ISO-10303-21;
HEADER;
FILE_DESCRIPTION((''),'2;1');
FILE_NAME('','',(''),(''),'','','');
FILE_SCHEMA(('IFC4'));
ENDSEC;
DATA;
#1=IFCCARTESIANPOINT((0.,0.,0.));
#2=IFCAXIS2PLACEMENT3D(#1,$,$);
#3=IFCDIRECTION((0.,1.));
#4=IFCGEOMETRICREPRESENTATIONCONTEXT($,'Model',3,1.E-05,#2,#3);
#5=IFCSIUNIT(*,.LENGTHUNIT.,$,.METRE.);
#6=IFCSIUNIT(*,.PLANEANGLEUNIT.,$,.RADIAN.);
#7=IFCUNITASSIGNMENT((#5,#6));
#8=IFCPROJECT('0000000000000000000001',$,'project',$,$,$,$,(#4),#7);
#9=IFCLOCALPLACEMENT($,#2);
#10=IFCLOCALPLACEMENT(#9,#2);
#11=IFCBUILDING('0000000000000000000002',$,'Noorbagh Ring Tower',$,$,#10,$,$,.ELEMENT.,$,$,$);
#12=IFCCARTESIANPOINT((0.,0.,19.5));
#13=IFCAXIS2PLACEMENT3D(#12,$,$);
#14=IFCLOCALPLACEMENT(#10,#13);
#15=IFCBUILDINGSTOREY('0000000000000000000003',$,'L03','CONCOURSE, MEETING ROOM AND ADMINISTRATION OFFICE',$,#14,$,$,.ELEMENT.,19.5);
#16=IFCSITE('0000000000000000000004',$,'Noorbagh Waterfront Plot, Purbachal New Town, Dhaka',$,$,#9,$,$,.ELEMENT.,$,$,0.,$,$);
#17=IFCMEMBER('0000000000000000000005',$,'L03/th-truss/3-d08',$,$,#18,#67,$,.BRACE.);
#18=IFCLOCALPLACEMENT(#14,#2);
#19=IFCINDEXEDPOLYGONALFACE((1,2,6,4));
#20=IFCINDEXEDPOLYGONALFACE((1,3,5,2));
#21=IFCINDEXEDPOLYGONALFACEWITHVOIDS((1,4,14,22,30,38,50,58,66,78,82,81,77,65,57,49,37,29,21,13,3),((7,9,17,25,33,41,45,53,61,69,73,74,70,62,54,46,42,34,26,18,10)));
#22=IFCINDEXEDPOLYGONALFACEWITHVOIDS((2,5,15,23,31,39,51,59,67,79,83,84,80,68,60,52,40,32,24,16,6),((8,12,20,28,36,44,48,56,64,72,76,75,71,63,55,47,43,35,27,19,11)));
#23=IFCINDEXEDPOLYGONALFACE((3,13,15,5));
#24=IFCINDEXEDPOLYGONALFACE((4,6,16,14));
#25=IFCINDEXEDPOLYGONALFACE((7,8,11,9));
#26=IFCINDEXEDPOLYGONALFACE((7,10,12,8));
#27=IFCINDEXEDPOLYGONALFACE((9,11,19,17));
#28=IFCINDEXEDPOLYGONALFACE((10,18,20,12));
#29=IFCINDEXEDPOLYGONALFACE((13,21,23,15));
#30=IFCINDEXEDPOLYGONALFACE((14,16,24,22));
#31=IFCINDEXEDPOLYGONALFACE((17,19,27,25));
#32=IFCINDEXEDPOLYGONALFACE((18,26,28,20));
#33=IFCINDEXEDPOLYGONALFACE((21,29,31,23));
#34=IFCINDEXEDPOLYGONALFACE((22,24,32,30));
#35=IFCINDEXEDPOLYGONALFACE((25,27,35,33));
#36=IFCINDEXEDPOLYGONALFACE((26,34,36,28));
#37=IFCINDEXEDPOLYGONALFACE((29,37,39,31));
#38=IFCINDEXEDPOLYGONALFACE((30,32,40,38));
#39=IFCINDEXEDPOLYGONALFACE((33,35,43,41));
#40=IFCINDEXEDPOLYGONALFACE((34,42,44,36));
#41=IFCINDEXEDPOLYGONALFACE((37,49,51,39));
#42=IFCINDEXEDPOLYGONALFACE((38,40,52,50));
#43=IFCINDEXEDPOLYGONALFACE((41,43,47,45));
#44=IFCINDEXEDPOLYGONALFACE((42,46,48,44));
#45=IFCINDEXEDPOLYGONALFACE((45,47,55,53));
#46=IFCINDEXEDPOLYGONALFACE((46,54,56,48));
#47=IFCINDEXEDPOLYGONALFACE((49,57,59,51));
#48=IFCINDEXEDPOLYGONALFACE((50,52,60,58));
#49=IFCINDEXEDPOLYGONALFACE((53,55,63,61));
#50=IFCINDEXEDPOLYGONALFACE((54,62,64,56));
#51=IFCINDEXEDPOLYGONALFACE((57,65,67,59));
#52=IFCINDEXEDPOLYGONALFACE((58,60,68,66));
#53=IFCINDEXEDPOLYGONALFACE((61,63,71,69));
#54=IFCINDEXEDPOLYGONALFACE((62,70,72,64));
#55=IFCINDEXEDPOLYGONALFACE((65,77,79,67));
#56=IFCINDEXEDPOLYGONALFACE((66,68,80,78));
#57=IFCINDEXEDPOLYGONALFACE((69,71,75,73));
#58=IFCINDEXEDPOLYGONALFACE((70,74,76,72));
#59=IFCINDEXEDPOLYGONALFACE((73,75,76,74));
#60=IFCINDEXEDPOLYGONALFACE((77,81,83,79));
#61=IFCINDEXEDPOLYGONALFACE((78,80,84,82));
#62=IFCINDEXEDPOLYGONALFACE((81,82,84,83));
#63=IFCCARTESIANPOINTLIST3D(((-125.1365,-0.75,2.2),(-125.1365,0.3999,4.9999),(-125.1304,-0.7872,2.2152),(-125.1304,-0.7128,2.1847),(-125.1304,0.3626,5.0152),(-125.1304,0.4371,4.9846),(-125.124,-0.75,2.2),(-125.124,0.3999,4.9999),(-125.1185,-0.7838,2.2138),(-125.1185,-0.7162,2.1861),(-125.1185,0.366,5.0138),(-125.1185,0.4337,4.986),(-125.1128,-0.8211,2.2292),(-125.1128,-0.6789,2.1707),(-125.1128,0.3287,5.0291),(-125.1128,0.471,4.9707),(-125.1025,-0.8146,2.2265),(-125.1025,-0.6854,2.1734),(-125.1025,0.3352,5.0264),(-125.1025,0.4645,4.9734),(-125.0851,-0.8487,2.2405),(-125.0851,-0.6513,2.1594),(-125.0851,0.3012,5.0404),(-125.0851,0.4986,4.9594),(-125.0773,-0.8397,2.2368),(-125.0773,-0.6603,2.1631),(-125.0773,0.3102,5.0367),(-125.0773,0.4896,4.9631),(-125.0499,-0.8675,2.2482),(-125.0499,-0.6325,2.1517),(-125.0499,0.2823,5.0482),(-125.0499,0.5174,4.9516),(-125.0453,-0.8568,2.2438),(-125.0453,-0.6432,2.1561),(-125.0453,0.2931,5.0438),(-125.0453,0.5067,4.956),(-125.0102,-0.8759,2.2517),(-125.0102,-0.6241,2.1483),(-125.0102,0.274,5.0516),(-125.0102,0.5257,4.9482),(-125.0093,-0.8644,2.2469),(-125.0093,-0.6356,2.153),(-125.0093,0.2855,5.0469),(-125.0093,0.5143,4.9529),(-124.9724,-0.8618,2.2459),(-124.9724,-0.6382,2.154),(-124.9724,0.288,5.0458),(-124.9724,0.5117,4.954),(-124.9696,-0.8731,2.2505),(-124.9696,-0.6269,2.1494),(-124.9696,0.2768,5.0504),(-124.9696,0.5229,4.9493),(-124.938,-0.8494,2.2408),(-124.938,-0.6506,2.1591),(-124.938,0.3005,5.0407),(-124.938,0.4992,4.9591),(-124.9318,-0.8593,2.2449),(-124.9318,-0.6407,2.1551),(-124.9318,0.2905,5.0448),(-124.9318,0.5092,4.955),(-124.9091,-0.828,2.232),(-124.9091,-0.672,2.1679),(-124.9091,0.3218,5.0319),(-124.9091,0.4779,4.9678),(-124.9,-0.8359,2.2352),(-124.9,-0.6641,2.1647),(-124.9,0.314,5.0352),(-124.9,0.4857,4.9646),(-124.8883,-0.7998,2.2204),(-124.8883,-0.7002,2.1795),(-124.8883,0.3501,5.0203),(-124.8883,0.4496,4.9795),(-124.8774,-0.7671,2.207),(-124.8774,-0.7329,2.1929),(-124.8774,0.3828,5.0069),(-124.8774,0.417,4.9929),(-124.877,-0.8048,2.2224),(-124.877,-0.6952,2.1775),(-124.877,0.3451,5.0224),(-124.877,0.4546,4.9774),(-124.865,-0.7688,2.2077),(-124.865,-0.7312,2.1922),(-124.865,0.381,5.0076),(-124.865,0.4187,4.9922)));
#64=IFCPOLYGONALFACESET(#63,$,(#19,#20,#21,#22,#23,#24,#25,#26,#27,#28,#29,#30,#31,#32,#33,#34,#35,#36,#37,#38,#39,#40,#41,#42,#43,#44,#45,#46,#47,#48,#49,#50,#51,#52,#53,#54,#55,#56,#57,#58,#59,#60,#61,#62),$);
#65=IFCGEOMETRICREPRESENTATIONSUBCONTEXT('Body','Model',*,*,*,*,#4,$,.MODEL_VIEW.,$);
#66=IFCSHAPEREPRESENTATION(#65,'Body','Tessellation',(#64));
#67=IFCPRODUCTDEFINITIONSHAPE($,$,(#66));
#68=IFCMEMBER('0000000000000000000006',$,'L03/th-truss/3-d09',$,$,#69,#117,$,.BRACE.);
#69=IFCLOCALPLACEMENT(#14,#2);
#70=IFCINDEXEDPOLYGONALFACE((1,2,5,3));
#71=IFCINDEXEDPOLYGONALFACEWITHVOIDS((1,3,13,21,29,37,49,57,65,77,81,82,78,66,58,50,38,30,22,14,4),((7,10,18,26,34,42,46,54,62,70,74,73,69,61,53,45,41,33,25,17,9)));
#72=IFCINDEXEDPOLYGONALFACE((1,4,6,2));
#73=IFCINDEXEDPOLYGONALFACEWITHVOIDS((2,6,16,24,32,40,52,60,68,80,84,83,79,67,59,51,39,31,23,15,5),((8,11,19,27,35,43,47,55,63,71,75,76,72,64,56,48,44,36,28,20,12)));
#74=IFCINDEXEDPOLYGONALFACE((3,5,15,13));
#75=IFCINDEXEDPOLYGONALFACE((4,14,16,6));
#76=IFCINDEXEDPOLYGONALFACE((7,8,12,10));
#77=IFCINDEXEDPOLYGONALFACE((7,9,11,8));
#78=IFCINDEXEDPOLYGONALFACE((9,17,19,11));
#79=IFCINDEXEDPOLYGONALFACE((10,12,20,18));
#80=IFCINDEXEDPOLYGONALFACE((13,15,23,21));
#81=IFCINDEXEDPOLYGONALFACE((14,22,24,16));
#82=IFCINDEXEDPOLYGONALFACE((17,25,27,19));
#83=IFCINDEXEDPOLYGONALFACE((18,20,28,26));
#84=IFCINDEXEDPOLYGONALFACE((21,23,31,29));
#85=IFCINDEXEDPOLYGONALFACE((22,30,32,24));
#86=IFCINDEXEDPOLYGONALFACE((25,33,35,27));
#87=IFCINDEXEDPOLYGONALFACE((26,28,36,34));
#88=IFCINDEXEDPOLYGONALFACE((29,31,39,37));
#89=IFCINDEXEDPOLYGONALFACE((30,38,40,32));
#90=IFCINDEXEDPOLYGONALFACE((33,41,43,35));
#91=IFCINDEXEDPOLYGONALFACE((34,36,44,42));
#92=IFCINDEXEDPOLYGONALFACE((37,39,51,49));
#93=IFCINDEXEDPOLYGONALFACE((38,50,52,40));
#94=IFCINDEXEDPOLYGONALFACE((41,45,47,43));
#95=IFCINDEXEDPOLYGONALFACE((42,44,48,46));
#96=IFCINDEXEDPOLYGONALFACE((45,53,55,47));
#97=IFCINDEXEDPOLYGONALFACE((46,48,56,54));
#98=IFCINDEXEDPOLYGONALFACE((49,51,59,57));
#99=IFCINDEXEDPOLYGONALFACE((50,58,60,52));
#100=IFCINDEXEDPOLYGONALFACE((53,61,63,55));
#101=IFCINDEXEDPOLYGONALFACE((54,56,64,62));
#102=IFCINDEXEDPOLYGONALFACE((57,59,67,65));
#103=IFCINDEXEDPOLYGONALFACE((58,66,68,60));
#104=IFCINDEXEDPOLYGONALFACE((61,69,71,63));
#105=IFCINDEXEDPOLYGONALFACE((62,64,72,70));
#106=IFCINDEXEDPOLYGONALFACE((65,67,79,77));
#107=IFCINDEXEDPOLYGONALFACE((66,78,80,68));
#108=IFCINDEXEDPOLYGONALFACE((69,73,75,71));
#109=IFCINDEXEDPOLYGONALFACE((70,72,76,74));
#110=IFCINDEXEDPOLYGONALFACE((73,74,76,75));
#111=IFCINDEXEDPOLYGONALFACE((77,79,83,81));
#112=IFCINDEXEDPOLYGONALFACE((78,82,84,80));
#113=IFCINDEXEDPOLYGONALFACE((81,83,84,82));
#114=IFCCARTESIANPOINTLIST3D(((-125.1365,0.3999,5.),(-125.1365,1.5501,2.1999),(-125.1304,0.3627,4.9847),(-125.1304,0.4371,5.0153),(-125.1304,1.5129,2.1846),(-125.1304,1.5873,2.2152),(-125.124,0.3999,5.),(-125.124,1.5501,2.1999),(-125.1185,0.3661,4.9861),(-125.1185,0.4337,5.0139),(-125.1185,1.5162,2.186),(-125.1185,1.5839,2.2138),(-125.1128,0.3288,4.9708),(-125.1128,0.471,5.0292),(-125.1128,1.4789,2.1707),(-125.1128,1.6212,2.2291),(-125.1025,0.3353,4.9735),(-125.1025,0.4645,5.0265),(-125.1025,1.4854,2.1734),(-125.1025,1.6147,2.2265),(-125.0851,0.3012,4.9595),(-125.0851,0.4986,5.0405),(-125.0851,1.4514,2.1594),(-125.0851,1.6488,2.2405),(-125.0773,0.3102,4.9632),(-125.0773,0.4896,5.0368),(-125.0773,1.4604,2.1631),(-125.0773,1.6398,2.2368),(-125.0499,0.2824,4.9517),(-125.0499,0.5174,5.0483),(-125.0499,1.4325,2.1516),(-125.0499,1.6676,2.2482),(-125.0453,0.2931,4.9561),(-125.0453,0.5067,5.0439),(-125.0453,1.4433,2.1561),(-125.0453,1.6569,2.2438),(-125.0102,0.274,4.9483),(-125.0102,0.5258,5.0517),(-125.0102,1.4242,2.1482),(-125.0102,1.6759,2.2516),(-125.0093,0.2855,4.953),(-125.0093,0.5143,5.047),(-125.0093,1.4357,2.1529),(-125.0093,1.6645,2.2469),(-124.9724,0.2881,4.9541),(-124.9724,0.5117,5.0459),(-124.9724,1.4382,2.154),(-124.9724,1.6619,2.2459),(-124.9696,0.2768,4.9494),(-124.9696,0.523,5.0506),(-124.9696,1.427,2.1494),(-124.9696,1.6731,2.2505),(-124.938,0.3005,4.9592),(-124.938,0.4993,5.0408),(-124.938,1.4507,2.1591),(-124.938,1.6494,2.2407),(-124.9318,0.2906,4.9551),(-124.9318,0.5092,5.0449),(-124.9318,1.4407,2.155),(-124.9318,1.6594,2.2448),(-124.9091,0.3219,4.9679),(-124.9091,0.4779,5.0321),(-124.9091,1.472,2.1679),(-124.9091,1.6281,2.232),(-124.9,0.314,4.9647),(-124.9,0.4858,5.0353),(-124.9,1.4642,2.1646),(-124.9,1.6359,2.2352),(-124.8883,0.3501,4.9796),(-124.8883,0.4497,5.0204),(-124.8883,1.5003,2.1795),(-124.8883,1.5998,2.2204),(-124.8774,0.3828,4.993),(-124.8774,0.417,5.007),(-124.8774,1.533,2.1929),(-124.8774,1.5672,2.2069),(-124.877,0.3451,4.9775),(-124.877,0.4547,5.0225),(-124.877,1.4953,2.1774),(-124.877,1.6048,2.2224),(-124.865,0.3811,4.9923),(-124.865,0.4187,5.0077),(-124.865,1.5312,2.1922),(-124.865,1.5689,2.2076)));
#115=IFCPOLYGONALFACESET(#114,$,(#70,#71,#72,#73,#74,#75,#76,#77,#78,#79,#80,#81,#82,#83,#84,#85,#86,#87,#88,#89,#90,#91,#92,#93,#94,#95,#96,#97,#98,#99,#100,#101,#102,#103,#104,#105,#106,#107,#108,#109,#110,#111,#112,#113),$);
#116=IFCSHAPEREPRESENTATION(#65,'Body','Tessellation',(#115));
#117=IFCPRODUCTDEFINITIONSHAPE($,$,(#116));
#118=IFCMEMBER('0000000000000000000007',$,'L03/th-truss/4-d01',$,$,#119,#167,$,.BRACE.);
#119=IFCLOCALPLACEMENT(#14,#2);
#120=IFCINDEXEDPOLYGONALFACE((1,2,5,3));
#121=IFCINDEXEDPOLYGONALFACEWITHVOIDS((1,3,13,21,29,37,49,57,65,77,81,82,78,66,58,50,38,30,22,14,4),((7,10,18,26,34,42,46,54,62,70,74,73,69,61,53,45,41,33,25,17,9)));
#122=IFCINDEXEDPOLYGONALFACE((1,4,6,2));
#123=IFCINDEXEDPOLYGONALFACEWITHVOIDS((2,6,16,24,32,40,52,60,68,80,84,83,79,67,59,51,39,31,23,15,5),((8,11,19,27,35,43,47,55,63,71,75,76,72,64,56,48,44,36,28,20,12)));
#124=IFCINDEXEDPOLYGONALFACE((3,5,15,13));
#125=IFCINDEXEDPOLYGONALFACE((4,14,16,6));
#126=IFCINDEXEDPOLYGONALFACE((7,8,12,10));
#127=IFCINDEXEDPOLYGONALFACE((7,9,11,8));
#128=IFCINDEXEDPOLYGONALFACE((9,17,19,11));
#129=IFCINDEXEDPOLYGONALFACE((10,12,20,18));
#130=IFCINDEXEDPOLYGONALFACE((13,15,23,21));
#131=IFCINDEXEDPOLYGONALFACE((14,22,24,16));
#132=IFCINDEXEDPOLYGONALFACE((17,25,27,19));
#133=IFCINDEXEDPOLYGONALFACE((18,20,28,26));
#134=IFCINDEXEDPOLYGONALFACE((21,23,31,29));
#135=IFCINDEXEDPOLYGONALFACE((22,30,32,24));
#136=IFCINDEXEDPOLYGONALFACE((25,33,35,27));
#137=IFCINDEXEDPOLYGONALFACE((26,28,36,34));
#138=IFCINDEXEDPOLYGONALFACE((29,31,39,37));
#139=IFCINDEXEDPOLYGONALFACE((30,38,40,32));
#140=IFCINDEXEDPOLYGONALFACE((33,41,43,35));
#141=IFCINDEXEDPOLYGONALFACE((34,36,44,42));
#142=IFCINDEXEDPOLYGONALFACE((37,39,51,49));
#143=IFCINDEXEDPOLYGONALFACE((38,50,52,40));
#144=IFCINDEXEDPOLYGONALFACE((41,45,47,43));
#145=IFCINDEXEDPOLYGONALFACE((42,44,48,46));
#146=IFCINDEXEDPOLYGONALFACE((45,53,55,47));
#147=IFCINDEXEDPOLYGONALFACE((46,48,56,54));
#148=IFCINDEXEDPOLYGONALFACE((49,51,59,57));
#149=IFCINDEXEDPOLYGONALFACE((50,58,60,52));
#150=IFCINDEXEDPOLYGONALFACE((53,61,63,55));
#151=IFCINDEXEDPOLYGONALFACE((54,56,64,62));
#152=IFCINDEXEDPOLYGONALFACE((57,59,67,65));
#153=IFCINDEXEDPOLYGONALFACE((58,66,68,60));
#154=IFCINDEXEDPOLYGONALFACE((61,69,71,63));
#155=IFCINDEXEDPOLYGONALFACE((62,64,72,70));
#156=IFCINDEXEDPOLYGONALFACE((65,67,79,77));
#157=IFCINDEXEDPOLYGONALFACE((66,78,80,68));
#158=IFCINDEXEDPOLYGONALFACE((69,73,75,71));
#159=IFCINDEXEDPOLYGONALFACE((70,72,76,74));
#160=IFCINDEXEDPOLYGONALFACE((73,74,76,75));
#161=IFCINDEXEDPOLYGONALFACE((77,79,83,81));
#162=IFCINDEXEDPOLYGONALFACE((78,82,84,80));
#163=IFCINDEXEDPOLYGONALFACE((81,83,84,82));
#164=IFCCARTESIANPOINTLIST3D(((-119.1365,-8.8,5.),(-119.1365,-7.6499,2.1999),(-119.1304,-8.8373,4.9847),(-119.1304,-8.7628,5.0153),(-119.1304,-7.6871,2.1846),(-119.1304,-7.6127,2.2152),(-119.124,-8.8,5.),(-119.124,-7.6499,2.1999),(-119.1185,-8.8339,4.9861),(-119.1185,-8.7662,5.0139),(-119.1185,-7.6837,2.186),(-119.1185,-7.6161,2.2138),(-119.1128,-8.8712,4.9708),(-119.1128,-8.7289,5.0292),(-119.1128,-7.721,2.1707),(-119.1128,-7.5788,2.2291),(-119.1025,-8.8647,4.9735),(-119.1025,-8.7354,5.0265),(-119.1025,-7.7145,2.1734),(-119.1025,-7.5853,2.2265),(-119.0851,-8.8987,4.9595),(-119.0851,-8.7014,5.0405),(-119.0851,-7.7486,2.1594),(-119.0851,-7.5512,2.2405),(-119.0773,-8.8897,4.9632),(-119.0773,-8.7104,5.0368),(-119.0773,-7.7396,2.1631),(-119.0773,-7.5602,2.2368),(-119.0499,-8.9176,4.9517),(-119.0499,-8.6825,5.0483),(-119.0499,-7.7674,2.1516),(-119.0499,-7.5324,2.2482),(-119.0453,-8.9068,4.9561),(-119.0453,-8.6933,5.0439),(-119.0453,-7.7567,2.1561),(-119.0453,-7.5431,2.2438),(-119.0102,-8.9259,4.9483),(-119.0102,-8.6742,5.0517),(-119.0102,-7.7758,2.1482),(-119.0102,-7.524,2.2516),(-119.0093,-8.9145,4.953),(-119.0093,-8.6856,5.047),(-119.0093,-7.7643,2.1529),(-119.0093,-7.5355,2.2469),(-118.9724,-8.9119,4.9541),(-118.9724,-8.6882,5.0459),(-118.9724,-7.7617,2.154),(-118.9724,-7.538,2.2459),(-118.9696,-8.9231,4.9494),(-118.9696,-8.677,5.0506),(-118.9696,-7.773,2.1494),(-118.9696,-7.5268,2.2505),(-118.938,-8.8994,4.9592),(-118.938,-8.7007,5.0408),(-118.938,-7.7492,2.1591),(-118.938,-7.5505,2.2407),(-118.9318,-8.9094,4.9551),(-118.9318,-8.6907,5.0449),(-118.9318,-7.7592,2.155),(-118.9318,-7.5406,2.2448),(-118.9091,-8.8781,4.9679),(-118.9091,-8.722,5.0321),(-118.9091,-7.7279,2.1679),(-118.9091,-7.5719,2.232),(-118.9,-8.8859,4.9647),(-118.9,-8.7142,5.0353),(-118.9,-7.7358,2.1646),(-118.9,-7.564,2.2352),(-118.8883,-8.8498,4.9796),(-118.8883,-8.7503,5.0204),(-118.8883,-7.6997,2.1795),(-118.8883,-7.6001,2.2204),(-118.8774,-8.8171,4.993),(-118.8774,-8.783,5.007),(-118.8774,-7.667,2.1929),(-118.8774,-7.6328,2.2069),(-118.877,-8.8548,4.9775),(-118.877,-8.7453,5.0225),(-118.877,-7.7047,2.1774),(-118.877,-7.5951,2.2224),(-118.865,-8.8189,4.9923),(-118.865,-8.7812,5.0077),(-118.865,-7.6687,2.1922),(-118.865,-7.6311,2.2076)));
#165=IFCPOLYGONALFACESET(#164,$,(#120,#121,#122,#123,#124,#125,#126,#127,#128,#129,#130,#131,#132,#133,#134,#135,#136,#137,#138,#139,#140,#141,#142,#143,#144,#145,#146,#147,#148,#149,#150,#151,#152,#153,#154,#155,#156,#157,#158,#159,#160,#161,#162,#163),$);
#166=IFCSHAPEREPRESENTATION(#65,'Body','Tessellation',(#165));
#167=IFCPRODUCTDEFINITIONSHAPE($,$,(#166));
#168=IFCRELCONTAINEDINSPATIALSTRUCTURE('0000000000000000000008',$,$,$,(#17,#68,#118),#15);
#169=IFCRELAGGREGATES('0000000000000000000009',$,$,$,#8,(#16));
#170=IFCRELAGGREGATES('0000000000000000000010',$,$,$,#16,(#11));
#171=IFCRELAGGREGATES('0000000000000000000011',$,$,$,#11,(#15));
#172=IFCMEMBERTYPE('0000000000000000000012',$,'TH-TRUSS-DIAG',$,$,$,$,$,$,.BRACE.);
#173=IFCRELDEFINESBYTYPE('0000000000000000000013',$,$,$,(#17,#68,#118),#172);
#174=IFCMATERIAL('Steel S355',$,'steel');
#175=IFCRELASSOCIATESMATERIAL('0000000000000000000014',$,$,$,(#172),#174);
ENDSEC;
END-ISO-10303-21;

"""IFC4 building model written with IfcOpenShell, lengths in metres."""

from ifc_helpers import new_model, si_unit, direction, frame, origin, origin_2d, place, context, subcontext, project, spatial, hollow_circle, extrude, material, material_profile, profile_set, type_object, element, save


model = new_model("IFC4")

# Units and contexts
model_context = context("Model", 3, precision=1e-05, world=origin(), true_north=direction((0.0, 1.0)))
body_context = subcontext(model_context, "Body", "Model", "MODEL_VIEW")
ifc_project = project(units=[si_unit("LENGTHUNIT", "METRE"), si_unit("PLANEANGLEUNIT", "RADIAN")], contexts=[model_context])

# Site, building, storey
site_placement = place(None, origin())
site = spatial("IfcSite", under=ifc_project, at=site_placement, Name="Noorbagh Waterfront Plot, Purbachal New Town, Dhaka", CompositionType="ELEMENT", RefElevation=0.0)
building_placement = place(site_placement, origin())
building = spatial("IfcBuilding", under=site, at=building_placement, Name="Noorbagh Ring Tower", CompositionType="ELEMENT")
storey_placement = place(building_placement, frame((0.0, 0.0, 19.5)))
storey = spatial("IfcBuildingStorey", under=building, at=storey_placement, Name="L03", Description="CONCOURSE, MEETING ROOM AND ADMINISTRATION OFFICE", CompositionType="ELEMENT", Elevation=19.5)

# Members
ifc_material_1 = material(Name="Steel S355", Category="steel")
ifc_material_profile_1 = material_profile(ifc_material_1, hollow_circle(Radius=0.1365, WallThickness=0.0125, at=origin_2d()), Name="CHS273x12.5")
ifc_profile_set_1 = profile_set([ifc_material_profile_1], Name="Steel S355")
member_type = type_object("IfcMemberType", Name="TH-TRUSS-DIAG", PredefinedType="BRACE", material=ifc_profile_set_1)
for number, where, z_axis, x_axis, name in (
    (1, (-125.0, -0.75, 2.2), (0.0, 0.379886, 0.925033), (-1.0, 0.0, 0.0), "L03/th-truss/3-d08"),
):
    element("IfcMember", number, at=place(storey_placement, frame(where, z_axis=z_axis, x_axis=x_axis)), inside=storey, type_object=member_type, Name=name, PredefinedType="BRACE", context=body_context, shape_type="SweptSolid", body=[
        extrude(hollow_circle(Radius=0.1365, WallThickness=0.0125, at=origin_2d()), origin(), (0.0, 0.0, 1.0), 3.0269),
    ])
for number, where, z_axis, x_axis, name in (
    (2, (-125.0, 0.3999, 5.0), (0.0, 0.379955, -0.925005), (-1.0, 0.0, 0.0), "L03/th-truss/3-d09"),
    (3, (-119.0, -8.8, 5.0), (0.0, 0.379955, -0.925005), (-1.0, 0.0, 0.0), "L03/th-truss/4-d01"),
):
    element("IfcMember", number, at=place(storey_placement, frame(where, z_axis=z_axis, x_axis=x_axis)), inside=storey, type_object=member_type, Name=name, PredefinedType="BRACE", context=body_context, shape_type="SweptSolid", body=[
        extrude(hollow_circle(Radius=0.1365, WallThickness=0.0125, at=origin_2d()), origin(), (0.0, 0.0, 1.0), 3.0271),
    ])

save(model, "model.ifc")
